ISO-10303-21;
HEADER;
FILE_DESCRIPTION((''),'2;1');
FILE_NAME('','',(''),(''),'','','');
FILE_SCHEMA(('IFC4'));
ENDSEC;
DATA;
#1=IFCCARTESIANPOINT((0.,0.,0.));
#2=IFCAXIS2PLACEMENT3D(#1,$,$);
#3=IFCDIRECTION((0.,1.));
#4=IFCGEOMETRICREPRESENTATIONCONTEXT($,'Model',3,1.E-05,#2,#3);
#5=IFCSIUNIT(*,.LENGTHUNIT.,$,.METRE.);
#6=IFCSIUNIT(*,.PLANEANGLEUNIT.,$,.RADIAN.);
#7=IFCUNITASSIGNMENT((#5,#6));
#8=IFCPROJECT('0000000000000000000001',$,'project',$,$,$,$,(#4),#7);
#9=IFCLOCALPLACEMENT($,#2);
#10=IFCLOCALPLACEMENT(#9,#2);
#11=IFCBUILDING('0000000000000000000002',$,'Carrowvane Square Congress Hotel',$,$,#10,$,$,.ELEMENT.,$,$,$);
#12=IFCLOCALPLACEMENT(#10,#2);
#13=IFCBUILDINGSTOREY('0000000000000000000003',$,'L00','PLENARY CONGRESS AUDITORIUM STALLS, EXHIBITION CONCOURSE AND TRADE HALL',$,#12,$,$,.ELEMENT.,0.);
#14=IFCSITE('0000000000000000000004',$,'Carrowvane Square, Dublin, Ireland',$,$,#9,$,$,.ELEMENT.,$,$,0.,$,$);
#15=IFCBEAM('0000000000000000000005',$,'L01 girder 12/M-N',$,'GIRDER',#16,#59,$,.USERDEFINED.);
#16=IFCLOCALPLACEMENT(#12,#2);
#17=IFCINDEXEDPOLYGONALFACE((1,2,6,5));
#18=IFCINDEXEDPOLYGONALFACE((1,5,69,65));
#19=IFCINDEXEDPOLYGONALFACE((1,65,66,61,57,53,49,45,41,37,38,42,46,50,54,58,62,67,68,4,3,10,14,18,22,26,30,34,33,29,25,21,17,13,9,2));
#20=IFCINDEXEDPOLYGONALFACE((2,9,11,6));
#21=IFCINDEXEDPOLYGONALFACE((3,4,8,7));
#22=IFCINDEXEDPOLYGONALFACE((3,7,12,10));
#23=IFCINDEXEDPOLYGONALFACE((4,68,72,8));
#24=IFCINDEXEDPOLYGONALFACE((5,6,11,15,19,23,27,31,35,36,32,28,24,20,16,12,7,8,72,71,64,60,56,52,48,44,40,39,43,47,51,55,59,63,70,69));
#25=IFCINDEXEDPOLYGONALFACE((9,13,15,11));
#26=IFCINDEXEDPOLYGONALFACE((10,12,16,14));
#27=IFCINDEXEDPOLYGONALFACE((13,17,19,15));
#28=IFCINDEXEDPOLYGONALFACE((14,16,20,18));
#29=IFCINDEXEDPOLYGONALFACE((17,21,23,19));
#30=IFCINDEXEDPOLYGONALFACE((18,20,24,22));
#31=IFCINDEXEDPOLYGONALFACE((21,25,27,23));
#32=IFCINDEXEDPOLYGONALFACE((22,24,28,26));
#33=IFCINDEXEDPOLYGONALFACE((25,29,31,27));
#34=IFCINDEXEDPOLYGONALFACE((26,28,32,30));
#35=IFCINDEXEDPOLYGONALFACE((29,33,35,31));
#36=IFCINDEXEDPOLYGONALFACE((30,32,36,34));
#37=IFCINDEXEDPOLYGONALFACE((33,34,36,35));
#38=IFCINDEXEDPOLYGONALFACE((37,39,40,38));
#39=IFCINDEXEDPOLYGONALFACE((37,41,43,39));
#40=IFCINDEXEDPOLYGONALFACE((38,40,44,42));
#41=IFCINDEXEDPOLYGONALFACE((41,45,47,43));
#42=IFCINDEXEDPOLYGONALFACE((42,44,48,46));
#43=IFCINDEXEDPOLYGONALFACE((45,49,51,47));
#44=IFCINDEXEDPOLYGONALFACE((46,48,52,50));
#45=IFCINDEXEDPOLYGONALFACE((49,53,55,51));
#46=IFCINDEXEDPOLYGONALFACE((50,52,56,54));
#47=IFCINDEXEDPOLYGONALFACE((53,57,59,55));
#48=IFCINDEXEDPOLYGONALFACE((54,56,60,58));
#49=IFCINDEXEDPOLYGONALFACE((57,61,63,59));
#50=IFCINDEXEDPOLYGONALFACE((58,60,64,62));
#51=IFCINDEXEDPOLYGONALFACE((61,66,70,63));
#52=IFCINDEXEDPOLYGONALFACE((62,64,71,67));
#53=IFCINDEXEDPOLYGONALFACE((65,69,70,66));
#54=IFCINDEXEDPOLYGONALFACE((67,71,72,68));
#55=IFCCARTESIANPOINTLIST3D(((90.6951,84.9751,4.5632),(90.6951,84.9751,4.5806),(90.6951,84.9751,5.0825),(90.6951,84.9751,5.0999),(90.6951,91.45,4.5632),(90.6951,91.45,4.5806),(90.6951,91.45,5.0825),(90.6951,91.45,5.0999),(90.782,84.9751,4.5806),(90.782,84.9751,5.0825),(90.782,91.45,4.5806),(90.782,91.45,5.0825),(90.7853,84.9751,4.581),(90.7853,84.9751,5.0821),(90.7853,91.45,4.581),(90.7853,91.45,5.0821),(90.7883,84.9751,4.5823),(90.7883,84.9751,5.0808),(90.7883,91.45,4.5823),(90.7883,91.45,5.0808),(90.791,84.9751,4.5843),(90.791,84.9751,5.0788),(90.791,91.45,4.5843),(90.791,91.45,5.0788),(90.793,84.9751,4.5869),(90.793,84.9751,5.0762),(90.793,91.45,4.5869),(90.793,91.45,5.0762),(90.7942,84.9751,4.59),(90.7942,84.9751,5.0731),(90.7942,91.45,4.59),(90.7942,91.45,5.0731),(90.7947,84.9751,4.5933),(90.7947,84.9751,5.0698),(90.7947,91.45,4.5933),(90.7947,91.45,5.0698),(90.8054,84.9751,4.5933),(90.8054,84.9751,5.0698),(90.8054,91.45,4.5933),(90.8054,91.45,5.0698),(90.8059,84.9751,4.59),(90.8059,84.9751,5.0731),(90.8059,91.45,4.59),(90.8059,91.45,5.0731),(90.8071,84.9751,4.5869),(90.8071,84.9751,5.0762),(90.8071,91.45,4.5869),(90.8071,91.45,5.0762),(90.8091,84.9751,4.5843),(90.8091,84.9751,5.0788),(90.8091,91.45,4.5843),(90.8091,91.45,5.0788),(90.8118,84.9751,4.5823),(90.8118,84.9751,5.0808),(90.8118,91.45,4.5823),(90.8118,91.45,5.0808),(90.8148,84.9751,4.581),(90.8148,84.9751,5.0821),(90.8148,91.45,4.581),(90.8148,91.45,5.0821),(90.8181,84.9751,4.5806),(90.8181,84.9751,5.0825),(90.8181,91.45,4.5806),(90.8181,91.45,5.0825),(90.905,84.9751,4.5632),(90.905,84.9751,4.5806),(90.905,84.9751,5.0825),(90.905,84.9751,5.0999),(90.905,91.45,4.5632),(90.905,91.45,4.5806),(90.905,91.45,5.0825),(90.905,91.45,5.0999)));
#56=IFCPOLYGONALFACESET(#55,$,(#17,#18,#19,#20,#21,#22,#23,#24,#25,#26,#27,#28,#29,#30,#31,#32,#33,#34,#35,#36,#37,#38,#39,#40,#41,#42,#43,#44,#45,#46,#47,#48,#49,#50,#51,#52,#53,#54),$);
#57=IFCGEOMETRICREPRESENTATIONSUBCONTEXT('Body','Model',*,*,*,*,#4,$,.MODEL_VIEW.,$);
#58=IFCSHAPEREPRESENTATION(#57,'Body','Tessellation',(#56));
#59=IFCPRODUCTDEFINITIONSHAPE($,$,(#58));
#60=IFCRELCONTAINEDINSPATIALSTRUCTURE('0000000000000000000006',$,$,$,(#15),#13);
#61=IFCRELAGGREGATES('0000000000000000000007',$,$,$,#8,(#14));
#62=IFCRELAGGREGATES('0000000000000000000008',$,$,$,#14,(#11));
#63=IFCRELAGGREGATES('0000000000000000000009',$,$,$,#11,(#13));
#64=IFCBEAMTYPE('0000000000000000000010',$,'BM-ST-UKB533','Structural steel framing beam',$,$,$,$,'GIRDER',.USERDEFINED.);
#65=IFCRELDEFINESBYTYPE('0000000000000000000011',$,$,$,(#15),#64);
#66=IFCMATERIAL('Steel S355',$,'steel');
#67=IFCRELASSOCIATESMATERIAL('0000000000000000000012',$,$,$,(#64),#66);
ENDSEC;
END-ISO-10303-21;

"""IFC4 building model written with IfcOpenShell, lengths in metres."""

from ifc_helpers import new_model, si_unit, direction, frame, origin, origin_2d, place, context, subcontext, project, spatial, i_section, extrude, material, material_profile, profile_set, type_object, element, save


model = new_model("IFC4")

# Units and contexts
model_context = context("Model", 3, precision=1e-05, world=origin(), true_north=direction((0.0, 1.0)))
body_context = subcontext(model_context, "Body", "Model", "MODEL_VIEW")
ifc_project = project(units=[si_unit("LENGTHUNIT", "METRE"), si_unit("PLANEANGLEUNIT", "RADIAN")], contexts=[model_context])

# Site, building, storey
site_placement = place(None, origin())
site = spatial("IfcSite", under=ifc_project, at=site_placement, Name="Carrowvane Square, Dublin, Ireland", CompositionType="ELEMENT", RefElevation=0.0)
building_placement = place(site_placement, origin())
building = spatial("IfcBuilding", under=site, at=building_placement, Name="Carrowvane Square Congress Hotel", CompositionType="ELEMENT")
storey_placement = place(building_placement, origin())
storey = spatial("IfcBuildingStorey", under=building, at=storey_placement, Name="L00", Description="PLENARY CONGRESS AUDITORIUM STALLS, EXHIBITION CONCOURSE AND TRADE HALL", CompositionType="ELEMENT", Elevation=0.0)

# Beam
ifc_material_1 = material(Name="Steel S355", Category="steel")
ifc_material_profile_1 = material_profile(ifc_material_1, i_section(OverallWidth=0.21, OverallDepth=0.5366, WebThickness=0.0107, FlangeThickness=0.0173, FilletRadius=0.0127, at=origin_2d()), Name="UKB 533x210x101")
ifc_profile_set_1 = profile_set([ifc_material_profile_1], Name="Steel S355")
beam_type_1 = type_object("IfcBeamType", Name="BM-ST-UKB533", Description="Structural steel framing beam", ElementType="GIRDER", PredefinedType="USERDEFINED", material=ifc_profile_set_1)
for number, where, z_axis, x_axis, name in (
    (1, (90.8, 84.9751, 4.8315), (0.0, 1.0, 0.0), (-1.0, 0.0, 0.0), "L01 girder 12/M-N"),
):
    element("IfcBeam", number, at=place(storey_placement, frame(where, z_axis=z_axis, x_axis=x_axis)), inside=storey, type_object=beam_type_1, Name=name, ObjectType="GIRDER", PredefinedType="USERDEFINED", context=body_context, shape_type="SweptSolid", body=[
        extrude(i_section(OverallWidth=0.21, OverallDepth=0.5366, WebThickness=0.0107, FlangeThickness=0.0173, FilletRadius=0.0127, at=origin_2d()), origin(), (0.0, 0.0, 1.0), 6.4749),
    ])

save(model, "model.ifc")
